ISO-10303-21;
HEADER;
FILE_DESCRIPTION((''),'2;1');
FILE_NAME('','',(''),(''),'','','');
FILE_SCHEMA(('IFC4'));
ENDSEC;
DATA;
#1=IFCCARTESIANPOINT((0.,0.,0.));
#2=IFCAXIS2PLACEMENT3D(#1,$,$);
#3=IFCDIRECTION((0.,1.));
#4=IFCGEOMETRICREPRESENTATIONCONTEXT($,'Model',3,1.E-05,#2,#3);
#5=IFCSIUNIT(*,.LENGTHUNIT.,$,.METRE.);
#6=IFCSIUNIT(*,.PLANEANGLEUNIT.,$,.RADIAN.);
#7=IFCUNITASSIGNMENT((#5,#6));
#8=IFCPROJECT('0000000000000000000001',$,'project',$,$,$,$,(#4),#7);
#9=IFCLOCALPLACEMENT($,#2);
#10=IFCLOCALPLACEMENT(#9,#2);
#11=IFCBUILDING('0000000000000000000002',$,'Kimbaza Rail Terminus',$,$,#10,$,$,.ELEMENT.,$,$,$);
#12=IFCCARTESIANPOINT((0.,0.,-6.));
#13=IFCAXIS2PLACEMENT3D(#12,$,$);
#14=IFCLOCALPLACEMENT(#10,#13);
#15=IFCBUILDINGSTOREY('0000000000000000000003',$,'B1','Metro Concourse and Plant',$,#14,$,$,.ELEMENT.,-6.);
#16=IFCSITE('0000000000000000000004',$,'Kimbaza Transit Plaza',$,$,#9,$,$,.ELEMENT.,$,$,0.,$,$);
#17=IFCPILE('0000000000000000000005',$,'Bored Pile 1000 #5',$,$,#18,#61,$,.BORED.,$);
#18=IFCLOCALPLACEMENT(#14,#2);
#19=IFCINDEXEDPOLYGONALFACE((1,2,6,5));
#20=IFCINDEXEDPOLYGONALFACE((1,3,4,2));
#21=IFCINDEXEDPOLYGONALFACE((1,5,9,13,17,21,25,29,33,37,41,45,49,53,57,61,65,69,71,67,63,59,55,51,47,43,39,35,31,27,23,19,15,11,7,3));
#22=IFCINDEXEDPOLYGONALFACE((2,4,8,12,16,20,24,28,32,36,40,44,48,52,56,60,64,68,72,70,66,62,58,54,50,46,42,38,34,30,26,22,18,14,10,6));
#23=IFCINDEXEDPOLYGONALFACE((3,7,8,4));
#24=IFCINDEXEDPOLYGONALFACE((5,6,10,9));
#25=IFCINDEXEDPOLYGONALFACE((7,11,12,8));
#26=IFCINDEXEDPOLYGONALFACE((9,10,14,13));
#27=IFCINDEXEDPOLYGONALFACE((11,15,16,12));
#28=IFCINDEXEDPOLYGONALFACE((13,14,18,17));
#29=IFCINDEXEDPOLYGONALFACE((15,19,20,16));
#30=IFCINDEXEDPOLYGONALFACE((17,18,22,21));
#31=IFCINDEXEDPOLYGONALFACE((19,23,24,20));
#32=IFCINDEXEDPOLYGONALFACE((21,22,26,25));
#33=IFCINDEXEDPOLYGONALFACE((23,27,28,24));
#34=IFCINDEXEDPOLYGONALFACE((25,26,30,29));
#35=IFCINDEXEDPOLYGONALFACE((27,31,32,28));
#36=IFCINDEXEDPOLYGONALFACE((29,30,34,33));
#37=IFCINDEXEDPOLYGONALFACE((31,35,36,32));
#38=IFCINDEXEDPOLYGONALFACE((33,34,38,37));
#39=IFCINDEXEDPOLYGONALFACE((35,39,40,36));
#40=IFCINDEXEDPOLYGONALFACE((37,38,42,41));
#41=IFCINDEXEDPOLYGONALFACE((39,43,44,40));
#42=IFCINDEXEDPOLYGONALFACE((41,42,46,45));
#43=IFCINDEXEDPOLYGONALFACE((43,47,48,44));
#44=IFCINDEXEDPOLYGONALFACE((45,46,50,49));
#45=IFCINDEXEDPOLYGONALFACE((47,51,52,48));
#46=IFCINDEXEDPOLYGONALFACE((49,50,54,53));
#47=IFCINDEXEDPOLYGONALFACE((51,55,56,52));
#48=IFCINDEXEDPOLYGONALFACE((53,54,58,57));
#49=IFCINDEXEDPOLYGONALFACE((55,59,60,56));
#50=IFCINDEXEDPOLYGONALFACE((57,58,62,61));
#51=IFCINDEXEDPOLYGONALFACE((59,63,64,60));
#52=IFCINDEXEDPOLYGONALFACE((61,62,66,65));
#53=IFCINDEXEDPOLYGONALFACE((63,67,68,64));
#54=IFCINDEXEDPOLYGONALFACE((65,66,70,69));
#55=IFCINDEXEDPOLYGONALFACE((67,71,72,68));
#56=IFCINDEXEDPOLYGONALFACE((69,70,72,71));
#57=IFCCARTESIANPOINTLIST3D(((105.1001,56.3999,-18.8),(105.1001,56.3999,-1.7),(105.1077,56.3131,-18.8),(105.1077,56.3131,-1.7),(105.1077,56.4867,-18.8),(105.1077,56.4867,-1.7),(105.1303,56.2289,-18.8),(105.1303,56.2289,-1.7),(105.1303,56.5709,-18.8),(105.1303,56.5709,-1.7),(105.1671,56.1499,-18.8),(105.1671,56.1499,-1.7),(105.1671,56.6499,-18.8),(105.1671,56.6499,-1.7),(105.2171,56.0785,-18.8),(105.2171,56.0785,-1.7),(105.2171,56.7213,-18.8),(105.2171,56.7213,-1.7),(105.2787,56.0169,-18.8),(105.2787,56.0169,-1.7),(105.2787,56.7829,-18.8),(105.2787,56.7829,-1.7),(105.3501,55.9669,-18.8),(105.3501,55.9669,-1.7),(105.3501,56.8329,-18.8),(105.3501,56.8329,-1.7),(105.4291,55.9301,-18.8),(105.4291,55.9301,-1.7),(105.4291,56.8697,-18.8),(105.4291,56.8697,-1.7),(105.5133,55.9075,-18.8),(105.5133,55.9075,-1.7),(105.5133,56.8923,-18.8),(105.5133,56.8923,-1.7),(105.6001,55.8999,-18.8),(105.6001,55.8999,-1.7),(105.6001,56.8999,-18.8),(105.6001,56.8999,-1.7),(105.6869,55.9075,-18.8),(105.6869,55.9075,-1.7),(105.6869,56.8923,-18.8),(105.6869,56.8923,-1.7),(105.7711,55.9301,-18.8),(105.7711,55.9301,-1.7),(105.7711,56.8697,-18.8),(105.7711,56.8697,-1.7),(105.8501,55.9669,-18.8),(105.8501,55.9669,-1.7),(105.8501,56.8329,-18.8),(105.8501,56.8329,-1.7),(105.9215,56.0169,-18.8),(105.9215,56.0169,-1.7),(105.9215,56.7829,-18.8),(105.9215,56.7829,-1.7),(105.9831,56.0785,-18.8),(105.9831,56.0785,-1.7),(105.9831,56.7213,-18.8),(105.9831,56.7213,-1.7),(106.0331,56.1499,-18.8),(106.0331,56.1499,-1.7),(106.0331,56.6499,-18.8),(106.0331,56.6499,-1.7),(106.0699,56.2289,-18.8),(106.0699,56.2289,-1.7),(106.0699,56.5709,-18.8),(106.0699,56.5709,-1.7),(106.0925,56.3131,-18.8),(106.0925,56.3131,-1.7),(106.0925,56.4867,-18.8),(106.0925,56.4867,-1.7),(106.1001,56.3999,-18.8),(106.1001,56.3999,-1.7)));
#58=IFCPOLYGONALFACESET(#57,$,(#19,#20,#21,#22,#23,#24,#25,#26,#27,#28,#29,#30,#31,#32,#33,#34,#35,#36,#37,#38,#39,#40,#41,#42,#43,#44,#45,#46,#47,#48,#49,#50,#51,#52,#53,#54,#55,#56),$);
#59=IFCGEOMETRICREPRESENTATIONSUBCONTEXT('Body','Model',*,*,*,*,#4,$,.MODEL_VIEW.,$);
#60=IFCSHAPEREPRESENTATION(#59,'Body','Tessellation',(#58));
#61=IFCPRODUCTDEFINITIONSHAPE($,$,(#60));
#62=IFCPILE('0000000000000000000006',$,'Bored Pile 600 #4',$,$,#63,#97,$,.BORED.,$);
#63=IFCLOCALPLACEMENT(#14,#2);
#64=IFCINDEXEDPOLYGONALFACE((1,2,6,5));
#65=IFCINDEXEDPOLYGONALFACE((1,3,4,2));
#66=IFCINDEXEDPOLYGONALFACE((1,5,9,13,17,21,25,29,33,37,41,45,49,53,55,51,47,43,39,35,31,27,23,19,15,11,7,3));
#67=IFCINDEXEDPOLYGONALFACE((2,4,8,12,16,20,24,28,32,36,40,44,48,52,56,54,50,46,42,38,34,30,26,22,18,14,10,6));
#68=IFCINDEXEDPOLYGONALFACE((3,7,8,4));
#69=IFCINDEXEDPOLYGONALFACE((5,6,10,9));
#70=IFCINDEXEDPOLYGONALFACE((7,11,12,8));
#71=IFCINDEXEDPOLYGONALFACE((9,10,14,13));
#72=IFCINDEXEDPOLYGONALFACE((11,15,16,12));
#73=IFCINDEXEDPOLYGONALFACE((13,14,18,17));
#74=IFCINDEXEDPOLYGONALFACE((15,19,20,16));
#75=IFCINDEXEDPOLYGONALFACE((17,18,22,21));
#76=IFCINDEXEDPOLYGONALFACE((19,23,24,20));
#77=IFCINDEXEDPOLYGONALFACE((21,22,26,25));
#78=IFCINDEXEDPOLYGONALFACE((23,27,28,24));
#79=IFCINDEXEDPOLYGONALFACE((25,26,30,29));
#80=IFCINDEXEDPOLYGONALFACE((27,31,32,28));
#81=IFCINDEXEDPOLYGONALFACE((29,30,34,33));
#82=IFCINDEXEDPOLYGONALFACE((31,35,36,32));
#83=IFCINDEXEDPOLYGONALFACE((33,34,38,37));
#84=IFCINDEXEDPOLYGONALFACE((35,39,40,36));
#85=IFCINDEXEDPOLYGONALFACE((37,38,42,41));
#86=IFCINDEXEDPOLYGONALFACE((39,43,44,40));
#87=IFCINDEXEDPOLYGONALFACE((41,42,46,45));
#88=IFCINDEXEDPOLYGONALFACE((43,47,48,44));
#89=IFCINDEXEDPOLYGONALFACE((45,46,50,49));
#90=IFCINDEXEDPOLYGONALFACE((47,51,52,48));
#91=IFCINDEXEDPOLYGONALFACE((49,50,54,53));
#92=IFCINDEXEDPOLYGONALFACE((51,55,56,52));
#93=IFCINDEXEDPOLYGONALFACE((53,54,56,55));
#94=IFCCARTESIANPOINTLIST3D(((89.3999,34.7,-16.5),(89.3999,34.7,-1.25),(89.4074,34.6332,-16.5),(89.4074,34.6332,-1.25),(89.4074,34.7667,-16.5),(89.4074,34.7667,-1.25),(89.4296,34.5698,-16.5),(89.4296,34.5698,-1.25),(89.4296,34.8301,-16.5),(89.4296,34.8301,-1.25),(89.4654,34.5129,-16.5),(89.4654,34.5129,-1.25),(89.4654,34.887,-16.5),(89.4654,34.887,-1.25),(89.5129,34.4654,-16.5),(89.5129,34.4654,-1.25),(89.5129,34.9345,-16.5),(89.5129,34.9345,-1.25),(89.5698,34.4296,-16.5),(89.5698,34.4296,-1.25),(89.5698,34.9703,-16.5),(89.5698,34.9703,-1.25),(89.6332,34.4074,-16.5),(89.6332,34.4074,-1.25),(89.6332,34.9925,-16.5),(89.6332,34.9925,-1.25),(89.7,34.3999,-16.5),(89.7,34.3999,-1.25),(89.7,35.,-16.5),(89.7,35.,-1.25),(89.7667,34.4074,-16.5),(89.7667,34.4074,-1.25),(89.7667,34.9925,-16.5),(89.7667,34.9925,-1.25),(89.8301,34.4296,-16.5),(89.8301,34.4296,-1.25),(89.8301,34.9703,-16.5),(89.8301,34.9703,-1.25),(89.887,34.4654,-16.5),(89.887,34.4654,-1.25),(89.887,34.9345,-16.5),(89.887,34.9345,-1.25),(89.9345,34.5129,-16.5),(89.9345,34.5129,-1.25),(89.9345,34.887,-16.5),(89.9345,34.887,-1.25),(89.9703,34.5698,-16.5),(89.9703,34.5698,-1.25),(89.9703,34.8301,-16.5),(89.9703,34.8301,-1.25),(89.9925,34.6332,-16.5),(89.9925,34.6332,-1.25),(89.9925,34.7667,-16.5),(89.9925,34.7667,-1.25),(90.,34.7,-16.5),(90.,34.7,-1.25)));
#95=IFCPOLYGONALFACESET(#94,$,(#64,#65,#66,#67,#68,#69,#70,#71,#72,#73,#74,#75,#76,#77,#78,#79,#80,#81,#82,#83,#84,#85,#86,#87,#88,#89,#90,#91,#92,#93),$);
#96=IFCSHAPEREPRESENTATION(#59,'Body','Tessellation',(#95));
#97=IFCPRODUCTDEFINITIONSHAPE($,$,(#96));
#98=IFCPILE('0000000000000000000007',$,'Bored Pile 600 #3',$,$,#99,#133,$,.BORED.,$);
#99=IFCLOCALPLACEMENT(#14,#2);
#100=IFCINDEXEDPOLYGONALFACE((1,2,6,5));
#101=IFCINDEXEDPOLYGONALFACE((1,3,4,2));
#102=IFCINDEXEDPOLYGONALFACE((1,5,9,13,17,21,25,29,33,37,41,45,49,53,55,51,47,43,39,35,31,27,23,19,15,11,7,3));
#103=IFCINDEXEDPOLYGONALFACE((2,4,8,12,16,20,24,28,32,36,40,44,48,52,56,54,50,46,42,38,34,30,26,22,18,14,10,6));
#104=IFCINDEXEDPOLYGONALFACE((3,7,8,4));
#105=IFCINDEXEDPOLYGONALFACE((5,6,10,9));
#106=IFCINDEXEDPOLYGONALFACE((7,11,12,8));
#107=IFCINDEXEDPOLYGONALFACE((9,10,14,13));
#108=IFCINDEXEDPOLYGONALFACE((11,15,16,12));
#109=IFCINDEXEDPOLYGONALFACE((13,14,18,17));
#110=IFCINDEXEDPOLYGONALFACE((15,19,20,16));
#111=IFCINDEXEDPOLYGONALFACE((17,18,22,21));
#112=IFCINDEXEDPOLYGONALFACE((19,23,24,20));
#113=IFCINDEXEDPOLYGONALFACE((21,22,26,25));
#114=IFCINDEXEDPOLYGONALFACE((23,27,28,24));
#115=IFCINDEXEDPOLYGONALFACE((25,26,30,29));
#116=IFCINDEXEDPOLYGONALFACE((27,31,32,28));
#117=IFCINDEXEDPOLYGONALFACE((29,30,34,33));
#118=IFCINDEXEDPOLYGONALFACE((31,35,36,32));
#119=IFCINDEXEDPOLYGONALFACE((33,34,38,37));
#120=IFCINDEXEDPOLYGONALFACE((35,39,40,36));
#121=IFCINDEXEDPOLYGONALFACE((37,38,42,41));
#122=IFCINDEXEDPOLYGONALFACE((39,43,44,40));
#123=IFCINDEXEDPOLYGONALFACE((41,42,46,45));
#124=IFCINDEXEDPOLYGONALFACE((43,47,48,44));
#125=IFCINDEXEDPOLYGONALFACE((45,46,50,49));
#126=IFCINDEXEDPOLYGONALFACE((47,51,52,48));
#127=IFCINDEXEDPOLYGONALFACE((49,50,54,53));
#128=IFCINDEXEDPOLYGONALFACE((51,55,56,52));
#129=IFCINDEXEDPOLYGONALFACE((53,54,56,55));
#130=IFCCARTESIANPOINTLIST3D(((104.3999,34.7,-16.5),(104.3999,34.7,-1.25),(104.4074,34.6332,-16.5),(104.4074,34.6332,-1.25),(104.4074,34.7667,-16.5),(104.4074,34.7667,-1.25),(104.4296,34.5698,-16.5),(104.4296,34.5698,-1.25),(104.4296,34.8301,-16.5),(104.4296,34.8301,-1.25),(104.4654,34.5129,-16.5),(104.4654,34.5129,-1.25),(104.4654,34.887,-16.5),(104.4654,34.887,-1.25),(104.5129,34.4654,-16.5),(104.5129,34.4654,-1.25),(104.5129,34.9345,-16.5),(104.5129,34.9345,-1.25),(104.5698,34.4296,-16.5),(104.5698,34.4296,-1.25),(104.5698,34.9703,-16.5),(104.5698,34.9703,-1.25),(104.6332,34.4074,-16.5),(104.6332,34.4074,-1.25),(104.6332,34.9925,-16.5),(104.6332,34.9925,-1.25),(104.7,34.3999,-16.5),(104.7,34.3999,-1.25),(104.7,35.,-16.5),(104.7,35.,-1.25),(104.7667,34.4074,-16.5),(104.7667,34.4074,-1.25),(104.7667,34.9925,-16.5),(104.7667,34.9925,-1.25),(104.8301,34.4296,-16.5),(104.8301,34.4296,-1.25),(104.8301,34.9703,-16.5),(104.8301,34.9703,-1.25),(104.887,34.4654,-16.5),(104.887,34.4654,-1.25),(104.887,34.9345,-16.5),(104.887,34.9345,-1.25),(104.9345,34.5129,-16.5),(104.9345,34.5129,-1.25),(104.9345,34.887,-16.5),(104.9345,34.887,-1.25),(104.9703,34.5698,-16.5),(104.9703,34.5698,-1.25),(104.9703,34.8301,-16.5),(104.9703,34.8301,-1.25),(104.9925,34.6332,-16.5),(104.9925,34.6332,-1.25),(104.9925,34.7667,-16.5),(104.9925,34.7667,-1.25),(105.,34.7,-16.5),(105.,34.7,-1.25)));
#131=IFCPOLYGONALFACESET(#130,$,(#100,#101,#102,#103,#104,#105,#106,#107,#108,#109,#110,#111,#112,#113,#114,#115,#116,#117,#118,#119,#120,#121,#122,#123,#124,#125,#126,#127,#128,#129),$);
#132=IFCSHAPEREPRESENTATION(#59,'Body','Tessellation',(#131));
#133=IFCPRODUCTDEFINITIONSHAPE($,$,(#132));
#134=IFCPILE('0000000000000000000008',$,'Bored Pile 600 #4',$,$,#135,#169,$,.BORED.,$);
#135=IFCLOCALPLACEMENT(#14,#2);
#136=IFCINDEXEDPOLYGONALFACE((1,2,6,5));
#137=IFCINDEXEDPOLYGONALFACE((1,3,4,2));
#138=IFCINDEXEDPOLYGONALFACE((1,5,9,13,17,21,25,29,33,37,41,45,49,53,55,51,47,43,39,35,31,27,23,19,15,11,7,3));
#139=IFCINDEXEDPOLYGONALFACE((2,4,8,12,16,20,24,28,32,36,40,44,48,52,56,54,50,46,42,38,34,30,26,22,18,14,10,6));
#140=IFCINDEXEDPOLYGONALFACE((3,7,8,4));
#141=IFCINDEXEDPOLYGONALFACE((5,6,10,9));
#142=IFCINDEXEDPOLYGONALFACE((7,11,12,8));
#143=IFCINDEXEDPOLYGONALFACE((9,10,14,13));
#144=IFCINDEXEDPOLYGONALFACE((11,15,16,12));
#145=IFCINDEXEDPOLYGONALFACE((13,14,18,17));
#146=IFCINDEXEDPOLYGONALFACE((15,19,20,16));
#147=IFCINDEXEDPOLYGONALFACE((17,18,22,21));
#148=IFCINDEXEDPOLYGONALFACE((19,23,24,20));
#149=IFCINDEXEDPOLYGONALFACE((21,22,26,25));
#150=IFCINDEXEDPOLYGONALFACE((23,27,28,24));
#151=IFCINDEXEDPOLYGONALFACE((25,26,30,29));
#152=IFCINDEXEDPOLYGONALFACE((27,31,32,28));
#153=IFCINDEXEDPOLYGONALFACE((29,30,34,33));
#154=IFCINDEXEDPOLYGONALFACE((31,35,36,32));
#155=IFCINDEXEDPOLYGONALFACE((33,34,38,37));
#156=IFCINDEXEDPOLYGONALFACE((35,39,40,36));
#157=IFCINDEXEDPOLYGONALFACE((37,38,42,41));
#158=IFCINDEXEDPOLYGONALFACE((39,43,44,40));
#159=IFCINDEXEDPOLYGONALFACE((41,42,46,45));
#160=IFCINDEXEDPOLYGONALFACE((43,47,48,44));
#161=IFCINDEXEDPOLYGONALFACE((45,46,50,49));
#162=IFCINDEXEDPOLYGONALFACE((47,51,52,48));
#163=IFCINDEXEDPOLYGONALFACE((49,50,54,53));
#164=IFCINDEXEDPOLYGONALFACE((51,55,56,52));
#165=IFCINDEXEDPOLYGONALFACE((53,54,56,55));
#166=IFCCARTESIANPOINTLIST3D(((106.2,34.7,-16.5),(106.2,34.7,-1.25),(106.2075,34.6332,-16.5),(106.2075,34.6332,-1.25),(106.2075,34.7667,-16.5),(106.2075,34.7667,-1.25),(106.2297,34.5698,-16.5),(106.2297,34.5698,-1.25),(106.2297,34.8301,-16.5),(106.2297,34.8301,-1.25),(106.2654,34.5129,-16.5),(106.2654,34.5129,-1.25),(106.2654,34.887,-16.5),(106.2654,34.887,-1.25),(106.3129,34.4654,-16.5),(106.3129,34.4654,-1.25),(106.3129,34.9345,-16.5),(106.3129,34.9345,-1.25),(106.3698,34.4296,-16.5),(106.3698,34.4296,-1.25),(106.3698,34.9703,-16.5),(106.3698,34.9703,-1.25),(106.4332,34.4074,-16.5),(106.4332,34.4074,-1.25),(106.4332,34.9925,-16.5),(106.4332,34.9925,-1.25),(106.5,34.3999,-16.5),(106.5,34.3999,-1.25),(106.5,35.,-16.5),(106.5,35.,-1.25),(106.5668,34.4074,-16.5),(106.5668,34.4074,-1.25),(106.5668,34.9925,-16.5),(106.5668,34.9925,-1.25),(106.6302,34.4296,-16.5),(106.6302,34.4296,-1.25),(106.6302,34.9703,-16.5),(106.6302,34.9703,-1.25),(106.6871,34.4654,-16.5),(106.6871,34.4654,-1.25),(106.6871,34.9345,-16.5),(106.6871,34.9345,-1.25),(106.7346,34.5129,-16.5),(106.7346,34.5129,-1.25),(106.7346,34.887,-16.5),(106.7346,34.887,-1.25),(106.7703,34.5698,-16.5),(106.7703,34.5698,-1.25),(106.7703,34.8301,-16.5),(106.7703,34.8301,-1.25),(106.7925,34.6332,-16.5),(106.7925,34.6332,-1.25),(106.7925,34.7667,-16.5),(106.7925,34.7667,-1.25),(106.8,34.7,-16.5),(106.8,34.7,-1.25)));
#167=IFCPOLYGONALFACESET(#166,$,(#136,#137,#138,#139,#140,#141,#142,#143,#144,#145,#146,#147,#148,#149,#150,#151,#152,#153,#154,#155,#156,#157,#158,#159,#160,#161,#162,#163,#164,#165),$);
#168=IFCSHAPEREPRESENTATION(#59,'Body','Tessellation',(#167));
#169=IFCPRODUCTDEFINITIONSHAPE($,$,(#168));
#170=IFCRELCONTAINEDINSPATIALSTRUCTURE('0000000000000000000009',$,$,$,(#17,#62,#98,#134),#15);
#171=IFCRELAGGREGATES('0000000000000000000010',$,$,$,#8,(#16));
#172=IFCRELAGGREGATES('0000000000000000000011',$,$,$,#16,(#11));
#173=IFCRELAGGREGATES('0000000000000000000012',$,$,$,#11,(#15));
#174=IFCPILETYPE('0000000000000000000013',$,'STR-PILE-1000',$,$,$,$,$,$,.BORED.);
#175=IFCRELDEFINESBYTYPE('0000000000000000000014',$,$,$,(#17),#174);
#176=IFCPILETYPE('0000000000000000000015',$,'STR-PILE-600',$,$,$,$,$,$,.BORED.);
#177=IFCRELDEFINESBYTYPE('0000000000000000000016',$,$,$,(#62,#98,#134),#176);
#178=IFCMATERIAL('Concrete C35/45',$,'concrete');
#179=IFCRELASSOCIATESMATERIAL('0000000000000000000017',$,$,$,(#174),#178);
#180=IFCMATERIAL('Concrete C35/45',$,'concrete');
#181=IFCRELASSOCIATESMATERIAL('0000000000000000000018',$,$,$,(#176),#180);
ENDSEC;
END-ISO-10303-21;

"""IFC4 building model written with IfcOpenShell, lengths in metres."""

from ifc_helpers import new_model, si_unit, direction, frame, origin, origin_2d, place, context, subcontext, project, spatial, circle, extrude, material, material_profile, profile_set, type_object, element, save


model = new_model("IFC4")

# Units and contexts
model_context = context("Model", 3, precision=1e-05, world=origin(), true_north=direction((0.0, 1.0)))
body_context = subcontext(model_context, "Body", "Model", "MODEL_VIEW")
ifc_project = project(units=[si_unit("LENGTHUNIT", "METRE"), si_unit("PLANEANGLEUNIT", "RADIAN")], contexts=[model_context])

# Site, building, storey
site_placement = place(None, origin())
site = spatial("IfcSite", under=ifc_project, at=site_placement, Name="Kimbaza Transit Plaza", CompositionType="ELEMENT", RefElevation=0.0)
building_placement = place(site_placement, origin())
building = spatial("IfcBuilding", under=site, at=building_placement, Name="Kimbaza Rail Terminus", CompositionType="ELEMENT")
storey_placement = place(building_placement, frame((0.0, 0.0, -6.0)))
storey = spatial("IfcBuildingStorey", under=building, at=storey_placement, Name="B1", Description="Metro Concourse and Plant", CompositionType="ELEMENT", Elevation=-6.0)

# Piles
ifc_material_1 = material(Name="Concrete C35/45", Category="concrete")
ifc_material_profile_1 = material_profile(ifc_material_1, circle(Radius=0.5, at=origin_2d()), Name="BORED PILE 1000")
ifc_profile_set_1 = profile_set([ifc_material_profile_1], Name="Concrete C35/45")
pile_type_1 = type_object("IfcPileType", Name="STR-PILE-1000", PredefinedType="BORED", material=ifc_profile_set_1)
for number, where, z_axis, x_axis, name in (
    (1, (105.6001, 56.3999, -1.7), (0.0, 0.0, -1.0), (1.0, 0.0, 0.0), "Bored Pile 1000 #5"),
):
    element("IfcPile", number, at=place(storey_placement, frame(where, z_axis=z_axis, x_axis=x_axis)), inside=storey, type_object=pile_type_1, Name=name, PredefinedType="BORED", context=body_context, shape_type="SweptSolid", body=[
        extrude(circle(Radius=0.5, at=origin_2d()), origin(), (0.0, 0.0, 1.0), 17.1001),
    ])
ifc_material_2 = material(Name="Concrete C35/45", Category="concrete")
ifc_material_profile_2 = material_profile(ifc_material_2, circle(Radius=0.3, at=origin_2d()), Name="BORED PILE 600")
ifc_profile_set_2 = profile_set([ifc_material_profile_2], Name="Concrete C35/45")
pile_type_2 = type_object("IfcPileType", Name="STR-PILE-600", PredefinedType="BORED", material=ifc_profile_set_2)
for number, where, z_axis, x_axis, name in (
    (2, (89.7, 34.7, -1.25), (0.0, 0.0, -1.0), (1.0, 0.0, 0.0), "Bored Pile 600 #4"),
    (3, (104.7, 34.7, -1.25), (0.0, 0.0, -1.0), (1.0, 0.0, 0.0), "Bored Pile 600 #3"),
    (4, (106.5, 34.7, -1.25), (0.0, 0.0, -1.0), (1.0, 0.0, 0.0), "Bored Pile 600 #4"),
):
    element("IfcPile", number, at=place(storey_placement, frame(where, z_axis=z_axis, x_axis=x_axis)), inside=storey, type_object=pile_type_2, Name=name, PredefinedType="BORED", context=body_context, shape_type="SweptSolid", body=[
        extrude(circle(Radius=0.3, at=origin_2d()), origin(), (0.0, 0.0, 1.0), 15.25),
    ])

save(model, "model.ifc")
